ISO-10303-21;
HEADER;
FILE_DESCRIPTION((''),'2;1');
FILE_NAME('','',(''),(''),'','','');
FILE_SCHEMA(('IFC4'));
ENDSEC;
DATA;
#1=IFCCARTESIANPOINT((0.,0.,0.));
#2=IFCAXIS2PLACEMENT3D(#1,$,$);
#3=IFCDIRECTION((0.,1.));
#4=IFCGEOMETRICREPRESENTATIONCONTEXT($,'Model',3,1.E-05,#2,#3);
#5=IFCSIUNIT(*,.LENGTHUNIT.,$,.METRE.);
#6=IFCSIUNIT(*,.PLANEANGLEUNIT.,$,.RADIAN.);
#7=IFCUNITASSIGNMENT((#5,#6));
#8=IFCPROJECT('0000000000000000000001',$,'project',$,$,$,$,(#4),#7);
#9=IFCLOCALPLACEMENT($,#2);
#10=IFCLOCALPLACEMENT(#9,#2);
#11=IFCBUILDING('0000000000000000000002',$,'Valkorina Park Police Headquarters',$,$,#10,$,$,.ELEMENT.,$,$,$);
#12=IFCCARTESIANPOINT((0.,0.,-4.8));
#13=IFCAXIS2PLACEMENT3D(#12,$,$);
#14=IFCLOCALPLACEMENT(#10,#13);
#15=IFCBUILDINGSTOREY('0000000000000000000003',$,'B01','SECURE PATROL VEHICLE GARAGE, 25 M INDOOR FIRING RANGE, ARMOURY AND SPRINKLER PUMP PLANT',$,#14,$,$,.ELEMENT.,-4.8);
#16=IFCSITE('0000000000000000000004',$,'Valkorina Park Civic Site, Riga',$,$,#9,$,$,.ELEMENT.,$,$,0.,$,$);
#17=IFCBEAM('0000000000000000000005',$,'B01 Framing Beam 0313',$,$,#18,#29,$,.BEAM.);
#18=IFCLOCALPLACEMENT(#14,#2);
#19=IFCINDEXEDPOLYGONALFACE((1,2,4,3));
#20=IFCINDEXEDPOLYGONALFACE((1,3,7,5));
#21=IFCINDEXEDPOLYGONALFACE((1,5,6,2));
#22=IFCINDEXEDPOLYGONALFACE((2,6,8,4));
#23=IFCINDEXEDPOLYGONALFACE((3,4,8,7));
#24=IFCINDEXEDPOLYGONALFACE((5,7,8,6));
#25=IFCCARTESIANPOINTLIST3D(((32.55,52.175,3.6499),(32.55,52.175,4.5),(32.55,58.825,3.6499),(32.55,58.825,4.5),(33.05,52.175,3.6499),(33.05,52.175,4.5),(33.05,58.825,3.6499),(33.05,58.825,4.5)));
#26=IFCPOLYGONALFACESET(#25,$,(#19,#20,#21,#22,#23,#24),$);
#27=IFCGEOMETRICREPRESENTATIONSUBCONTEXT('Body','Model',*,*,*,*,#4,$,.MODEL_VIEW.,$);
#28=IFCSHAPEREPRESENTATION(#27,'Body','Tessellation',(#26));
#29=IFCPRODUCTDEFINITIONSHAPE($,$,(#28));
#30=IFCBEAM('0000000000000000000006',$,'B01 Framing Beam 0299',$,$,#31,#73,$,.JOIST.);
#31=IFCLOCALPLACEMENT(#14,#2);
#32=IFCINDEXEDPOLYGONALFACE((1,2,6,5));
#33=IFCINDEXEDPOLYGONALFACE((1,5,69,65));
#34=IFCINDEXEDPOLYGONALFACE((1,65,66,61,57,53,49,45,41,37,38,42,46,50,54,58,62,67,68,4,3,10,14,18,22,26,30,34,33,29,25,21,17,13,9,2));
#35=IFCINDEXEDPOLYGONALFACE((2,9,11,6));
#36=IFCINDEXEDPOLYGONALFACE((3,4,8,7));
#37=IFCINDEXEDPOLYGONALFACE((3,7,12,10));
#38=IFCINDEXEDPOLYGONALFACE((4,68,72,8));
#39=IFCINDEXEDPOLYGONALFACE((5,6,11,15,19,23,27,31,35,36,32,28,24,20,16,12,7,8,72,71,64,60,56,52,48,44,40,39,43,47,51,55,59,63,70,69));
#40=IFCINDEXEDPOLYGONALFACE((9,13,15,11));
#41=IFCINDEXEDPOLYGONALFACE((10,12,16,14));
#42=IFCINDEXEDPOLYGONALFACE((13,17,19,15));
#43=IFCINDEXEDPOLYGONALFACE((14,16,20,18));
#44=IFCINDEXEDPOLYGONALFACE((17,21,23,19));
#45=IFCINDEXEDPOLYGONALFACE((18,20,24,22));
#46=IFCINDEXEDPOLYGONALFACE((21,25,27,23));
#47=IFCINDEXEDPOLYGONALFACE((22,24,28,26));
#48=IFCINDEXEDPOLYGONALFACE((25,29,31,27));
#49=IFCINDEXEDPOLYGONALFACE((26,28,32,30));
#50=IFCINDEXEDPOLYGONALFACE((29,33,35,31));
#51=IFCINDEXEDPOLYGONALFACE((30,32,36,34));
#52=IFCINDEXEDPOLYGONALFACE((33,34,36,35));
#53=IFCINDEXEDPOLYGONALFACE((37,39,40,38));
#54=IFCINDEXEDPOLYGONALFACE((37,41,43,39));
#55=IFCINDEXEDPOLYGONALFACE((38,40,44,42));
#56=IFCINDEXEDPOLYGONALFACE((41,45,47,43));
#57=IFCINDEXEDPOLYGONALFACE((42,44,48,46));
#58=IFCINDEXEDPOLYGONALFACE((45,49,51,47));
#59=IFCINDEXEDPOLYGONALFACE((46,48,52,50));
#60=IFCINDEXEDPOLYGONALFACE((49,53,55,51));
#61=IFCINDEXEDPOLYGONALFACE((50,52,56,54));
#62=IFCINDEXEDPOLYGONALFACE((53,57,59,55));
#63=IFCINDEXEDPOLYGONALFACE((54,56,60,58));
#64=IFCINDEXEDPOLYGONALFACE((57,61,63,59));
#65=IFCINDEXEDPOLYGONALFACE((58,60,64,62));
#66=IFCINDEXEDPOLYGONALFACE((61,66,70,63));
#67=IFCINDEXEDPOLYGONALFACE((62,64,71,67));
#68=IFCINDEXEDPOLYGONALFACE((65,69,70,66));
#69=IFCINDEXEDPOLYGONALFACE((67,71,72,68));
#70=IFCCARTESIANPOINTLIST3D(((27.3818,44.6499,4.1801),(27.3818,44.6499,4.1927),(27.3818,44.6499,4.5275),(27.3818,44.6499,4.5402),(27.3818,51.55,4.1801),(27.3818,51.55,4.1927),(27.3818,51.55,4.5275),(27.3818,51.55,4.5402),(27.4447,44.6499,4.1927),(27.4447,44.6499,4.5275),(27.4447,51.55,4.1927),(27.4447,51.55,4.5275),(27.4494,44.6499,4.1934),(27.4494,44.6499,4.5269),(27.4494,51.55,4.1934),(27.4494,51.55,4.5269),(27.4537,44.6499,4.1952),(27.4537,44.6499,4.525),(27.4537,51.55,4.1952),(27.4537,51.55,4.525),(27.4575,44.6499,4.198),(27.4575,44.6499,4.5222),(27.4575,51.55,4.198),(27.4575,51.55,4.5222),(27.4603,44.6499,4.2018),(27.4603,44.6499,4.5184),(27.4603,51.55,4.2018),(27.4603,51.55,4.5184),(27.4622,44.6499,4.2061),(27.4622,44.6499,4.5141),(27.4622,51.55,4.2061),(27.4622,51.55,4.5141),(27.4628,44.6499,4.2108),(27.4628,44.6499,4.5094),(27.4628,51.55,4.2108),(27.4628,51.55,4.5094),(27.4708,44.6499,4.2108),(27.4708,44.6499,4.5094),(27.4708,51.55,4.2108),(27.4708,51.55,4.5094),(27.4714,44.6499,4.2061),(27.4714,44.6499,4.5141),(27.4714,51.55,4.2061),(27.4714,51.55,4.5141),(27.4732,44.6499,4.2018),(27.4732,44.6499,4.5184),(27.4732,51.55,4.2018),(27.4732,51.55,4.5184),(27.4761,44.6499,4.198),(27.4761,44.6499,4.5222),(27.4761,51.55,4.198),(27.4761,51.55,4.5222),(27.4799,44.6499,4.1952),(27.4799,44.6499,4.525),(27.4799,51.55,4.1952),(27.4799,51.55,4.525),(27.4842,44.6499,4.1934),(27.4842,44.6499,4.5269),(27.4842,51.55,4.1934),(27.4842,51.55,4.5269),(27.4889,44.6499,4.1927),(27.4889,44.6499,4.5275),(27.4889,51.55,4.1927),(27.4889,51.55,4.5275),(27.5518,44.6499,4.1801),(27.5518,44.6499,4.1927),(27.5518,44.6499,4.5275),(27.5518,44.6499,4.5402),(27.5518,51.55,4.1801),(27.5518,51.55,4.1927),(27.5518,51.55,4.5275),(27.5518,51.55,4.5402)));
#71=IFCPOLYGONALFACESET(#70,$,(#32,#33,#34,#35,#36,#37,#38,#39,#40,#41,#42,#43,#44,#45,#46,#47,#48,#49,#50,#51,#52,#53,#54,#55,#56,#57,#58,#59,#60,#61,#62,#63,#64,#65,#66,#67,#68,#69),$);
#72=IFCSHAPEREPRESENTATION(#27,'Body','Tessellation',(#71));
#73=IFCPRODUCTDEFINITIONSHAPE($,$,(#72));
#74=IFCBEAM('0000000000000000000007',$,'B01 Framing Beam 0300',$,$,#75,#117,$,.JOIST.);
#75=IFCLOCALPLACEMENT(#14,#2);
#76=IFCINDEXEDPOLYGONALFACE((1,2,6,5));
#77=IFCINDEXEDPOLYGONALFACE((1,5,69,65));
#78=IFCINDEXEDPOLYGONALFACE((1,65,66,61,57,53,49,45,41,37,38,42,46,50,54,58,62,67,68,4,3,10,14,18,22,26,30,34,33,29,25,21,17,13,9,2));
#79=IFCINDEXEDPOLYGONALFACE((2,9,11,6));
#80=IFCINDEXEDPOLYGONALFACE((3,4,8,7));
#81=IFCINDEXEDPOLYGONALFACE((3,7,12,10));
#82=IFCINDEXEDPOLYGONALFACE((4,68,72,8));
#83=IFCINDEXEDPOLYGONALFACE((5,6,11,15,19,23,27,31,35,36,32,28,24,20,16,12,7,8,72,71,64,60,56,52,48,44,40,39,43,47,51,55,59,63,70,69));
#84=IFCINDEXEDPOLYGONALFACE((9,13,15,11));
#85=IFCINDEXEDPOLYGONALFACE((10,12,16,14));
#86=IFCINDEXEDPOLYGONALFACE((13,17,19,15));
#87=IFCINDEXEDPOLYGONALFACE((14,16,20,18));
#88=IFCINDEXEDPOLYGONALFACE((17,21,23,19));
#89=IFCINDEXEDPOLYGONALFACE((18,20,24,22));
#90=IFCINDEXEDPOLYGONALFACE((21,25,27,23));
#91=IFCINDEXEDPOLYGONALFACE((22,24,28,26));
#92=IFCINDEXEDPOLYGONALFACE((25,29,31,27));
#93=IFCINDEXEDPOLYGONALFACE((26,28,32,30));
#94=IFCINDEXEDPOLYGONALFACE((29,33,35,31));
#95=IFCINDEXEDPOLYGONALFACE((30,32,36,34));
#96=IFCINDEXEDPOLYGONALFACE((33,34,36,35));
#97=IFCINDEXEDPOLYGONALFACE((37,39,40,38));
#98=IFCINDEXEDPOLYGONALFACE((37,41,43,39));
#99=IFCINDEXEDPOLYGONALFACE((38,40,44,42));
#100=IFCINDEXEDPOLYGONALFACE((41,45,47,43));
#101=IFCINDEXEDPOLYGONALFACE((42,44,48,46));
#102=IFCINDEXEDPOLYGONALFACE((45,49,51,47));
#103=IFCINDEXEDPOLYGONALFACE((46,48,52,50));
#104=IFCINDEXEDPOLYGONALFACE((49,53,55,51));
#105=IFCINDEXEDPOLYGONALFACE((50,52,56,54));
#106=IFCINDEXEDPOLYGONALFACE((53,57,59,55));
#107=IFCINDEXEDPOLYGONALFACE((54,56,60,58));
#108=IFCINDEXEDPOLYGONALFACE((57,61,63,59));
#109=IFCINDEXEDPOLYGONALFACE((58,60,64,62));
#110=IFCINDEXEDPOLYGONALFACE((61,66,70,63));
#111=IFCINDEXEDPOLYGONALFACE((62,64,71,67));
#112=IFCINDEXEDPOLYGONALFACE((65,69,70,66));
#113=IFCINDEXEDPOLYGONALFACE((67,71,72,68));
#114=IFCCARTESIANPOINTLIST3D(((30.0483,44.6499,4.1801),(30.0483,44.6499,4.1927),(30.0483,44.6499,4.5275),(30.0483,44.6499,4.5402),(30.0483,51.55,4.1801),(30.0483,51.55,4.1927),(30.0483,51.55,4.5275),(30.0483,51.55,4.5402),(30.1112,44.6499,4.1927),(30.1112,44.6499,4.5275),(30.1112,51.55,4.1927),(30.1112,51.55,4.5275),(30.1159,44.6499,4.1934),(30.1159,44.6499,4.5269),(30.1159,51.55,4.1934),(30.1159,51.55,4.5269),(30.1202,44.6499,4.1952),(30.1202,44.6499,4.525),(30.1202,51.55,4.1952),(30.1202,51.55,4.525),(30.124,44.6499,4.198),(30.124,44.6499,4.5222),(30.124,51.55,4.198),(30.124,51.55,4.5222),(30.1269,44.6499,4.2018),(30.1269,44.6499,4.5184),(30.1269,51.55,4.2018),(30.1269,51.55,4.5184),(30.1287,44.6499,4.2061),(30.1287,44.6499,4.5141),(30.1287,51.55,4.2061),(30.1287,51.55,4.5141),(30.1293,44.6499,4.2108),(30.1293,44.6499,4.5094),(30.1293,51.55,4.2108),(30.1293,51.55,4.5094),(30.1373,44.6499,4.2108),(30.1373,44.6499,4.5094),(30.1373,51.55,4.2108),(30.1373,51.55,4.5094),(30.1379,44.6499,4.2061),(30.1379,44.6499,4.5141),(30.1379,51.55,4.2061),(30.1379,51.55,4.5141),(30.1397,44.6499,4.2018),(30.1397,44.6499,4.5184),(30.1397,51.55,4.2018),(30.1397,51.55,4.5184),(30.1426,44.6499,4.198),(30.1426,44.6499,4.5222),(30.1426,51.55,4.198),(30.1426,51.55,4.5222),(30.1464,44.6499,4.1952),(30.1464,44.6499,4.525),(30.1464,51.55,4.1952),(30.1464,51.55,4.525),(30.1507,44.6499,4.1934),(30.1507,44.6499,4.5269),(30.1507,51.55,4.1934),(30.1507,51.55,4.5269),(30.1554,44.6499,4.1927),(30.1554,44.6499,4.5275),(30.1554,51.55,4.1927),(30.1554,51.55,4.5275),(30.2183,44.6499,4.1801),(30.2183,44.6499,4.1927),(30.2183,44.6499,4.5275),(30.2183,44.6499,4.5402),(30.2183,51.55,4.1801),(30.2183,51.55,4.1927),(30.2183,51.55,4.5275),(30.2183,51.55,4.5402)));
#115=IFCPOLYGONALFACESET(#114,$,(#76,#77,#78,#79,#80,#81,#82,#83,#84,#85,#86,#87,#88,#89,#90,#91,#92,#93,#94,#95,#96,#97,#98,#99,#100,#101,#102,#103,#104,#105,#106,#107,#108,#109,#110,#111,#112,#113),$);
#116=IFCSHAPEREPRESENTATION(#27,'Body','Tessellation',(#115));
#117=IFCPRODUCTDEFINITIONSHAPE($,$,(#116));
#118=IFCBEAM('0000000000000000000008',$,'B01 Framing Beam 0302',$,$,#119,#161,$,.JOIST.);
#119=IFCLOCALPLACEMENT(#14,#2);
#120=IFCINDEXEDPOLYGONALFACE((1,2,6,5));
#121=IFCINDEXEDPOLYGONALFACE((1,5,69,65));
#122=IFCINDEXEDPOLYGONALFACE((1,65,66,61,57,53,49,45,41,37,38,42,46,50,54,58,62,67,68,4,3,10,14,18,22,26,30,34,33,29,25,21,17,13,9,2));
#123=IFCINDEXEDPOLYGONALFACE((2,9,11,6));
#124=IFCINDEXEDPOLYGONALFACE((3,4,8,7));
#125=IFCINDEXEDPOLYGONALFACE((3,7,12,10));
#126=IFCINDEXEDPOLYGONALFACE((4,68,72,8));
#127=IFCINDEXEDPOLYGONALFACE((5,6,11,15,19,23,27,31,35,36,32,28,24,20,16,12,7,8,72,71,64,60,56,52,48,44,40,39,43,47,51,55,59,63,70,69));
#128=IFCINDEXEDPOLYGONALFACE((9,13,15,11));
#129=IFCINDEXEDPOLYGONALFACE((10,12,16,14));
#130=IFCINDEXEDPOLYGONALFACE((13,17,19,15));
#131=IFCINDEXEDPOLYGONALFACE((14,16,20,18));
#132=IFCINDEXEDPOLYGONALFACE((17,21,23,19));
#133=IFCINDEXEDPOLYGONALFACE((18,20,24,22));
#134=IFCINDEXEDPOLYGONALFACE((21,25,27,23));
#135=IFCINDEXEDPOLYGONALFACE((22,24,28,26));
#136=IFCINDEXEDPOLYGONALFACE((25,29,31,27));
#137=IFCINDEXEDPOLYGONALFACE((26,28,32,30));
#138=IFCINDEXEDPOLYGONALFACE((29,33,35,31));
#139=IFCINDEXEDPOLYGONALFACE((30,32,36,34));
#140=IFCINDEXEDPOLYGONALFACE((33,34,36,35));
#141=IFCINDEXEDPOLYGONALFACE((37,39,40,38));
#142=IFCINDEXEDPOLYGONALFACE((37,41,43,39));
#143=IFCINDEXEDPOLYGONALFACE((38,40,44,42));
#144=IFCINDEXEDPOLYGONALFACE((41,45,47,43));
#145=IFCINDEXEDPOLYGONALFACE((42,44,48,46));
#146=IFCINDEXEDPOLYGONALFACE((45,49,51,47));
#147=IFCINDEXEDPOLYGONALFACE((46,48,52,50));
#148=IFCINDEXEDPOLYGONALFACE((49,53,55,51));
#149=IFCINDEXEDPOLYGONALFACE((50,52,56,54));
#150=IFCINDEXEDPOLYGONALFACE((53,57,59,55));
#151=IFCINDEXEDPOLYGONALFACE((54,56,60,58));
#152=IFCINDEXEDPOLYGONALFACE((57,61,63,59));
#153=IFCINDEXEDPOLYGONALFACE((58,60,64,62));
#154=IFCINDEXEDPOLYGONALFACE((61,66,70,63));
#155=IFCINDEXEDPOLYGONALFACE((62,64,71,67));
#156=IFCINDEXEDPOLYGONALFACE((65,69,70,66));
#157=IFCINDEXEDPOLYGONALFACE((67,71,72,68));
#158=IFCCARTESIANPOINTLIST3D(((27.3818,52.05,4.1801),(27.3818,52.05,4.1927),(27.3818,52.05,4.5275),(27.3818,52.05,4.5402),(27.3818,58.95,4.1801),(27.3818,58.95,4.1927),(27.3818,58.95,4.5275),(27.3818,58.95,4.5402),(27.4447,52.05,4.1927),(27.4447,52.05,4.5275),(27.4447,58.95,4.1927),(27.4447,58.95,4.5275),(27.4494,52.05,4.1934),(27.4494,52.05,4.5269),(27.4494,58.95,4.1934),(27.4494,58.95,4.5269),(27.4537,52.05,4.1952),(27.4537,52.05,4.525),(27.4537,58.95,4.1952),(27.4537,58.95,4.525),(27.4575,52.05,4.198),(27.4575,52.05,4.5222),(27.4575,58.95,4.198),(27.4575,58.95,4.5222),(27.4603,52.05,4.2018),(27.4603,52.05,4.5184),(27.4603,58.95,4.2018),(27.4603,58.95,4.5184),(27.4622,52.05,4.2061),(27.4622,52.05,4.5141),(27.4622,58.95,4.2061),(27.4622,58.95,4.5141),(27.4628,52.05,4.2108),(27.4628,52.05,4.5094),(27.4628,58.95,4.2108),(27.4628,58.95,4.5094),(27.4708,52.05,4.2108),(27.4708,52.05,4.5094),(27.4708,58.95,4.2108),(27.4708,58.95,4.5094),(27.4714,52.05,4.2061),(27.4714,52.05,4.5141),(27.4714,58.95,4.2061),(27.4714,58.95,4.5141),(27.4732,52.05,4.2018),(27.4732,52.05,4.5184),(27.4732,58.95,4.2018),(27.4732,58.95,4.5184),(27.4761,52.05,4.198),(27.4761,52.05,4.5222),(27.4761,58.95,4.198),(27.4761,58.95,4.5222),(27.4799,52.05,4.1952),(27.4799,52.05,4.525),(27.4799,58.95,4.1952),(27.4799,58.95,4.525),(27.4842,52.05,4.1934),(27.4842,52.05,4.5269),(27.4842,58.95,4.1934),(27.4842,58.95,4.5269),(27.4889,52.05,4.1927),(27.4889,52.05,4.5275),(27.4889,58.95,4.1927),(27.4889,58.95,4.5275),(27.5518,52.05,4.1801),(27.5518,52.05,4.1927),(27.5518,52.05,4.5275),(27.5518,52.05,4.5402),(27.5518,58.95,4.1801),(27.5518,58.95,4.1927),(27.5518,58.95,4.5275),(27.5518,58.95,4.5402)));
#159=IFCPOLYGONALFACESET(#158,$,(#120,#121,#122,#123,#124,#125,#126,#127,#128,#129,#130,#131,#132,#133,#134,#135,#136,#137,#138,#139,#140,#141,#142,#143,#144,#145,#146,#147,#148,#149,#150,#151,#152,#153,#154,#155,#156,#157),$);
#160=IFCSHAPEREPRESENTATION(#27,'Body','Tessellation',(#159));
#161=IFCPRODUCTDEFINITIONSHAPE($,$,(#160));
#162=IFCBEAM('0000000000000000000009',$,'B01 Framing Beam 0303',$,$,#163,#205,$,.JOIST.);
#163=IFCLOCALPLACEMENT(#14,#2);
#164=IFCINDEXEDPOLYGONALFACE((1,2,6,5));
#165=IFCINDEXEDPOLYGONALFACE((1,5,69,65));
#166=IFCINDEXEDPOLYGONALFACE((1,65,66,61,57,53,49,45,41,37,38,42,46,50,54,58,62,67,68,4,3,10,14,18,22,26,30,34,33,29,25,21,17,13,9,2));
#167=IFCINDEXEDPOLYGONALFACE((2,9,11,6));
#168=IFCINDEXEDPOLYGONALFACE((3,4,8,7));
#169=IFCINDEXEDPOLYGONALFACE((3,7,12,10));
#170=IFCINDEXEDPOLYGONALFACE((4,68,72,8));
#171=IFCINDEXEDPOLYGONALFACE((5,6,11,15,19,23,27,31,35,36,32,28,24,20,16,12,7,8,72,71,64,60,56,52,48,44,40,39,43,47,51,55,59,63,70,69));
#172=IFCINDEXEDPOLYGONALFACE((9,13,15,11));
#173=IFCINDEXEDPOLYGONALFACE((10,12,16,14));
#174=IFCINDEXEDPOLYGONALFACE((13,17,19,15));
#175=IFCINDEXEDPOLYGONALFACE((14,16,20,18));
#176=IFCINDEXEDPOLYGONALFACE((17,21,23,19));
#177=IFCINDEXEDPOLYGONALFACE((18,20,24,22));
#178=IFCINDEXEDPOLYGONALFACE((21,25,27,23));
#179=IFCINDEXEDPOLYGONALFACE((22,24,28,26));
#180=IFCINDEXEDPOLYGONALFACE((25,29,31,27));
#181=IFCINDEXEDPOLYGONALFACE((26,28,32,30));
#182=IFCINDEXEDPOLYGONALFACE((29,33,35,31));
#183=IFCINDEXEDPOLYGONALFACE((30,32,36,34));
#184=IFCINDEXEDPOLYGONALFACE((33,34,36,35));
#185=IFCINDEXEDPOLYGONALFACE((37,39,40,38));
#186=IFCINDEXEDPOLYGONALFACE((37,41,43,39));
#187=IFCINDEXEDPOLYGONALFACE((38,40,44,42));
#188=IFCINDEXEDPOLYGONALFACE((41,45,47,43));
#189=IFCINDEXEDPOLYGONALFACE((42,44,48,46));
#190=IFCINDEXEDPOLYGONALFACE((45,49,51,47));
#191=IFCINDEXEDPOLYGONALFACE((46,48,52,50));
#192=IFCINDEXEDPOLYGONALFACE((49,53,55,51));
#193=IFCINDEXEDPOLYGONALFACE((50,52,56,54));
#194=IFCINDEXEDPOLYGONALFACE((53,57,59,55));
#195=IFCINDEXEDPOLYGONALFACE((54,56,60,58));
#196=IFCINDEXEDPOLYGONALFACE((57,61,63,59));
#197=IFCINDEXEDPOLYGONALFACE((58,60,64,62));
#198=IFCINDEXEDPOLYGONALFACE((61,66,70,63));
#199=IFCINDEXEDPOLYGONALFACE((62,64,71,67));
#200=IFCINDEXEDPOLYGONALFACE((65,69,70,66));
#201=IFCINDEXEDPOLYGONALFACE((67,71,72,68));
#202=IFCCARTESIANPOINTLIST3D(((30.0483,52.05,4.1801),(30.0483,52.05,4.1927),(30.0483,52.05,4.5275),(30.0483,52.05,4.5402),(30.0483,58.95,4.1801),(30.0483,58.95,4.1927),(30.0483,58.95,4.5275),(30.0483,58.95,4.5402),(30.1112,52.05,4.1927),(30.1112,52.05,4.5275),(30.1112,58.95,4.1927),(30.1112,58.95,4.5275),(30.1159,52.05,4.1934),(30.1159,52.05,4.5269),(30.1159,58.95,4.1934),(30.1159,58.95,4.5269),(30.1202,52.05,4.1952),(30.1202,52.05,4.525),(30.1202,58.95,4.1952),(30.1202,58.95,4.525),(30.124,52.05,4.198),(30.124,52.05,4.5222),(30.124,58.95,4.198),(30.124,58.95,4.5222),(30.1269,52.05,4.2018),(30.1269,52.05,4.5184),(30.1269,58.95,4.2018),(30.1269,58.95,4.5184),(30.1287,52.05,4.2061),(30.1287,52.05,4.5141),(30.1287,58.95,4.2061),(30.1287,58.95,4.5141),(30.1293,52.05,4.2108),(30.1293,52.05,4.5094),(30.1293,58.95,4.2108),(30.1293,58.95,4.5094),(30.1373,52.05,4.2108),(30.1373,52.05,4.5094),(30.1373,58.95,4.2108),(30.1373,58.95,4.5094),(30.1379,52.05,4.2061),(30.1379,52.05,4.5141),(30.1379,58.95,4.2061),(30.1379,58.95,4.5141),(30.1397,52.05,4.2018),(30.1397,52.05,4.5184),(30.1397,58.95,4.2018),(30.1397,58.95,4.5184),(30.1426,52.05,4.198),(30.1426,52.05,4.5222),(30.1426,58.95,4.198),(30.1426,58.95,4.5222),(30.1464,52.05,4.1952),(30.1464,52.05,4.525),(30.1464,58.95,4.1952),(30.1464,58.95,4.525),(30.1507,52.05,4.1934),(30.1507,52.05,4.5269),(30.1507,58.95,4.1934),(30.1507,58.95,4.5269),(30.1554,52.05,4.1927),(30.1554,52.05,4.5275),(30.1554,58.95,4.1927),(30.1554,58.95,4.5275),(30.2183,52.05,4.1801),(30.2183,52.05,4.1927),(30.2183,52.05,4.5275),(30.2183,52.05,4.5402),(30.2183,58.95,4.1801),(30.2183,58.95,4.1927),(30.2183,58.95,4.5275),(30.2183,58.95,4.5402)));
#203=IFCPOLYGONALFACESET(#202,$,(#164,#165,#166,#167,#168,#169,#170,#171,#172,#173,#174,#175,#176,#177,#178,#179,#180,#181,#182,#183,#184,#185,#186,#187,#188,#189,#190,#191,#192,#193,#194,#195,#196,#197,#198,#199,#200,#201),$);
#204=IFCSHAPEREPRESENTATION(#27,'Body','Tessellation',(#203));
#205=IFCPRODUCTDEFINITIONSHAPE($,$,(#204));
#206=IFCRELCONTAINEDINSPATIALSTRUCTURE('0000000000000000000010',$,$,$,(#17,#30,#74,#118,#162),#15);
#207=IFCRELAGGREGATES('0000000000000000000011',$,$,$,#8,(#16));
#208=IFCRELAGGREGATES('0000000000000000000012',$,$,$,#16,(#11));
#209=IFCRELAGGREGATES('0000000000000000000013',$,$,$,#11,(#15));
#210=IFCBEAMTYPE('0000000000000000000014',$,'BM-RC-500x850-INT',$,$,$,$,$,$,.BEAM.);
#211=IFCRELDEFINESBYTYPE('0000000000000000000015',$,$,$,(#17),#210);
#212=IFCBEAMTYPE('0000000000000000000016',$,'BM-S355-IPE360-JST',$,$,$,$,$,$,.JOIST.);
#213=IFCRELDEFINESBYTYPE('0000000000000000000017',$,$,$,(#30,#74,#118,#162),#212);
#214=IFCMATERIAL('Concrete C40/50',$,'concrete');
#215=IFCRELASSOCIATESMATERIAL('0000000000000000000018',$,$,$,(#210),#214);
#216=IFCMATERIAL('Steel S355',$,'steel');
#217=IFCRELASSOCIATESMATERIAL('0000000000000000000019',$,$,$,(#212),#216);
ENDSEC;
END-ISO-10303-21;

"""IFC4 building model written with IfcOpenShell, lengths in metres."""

from ifc_helpers import new_model, si_unit, direction, frame, origin, origin_2d, place, context, subcontext, project, spatial, rectangle, i_section, extrude, material, material_profile, profile_set, type_object, element, save


model = new_model("IFC4")

# Units and contexts
model_context = context("Model", 3, precision=1e-05, world=origin(), true_north=direction((0.0, 1.0)))
body_context = subcontext(model_context, "Body", "Model", "MODEL_VIEW")
ifc_project = project(units=[si_unit("LENGTHUNIT", "METRE"), si_unit("PLANEANGLEUNIT", "RADIAN")], contexts=[model_context])

# Site, building, storey
site_placement = place(None, origin())
site = spatial("IfcSite", under=ifc_project, at=site_placement, Name="Valkorina Park Civic Site, Riga", CompositionType="ELEMENT", RefElevation=0.0)
building_placement = place(site_placement, origin())
building = spatial("IfcBuilding", under=site, at=building_placement, Name="Valkorina Park Police Headquarters", CompositionType="ELEMENT")
storey_placement = place(building_placement, frame((0.0, 0.0, -4.8)))
storey = spatial("IfcBuildingStorey", under=building, at=storey_placement, Name="B01", Description="SECURE PATROL VEHICLE GARAGE, 25 M INDOOR FIRING RANGE, ARMOURY AND SPRINKLER PUMP PLANT", CompositionType="ELEMENT", Elevation=-4.8)

# Shared definitions
ifc_material_1 = material(Name="Concrete C40/50", Category="concrete")

# Beams
ifc_material_profile_1 = material_profile(ifc_material_1, rectangle(XDim=0.5, YDim=0.8501, at=origin_2d()), Name="RC BEAM 500x850")
ifc_profile_set_1 = profile_set([ifc_material_profile_1], Name="Concrete C40/50")
beam_type_1 = type_object("IfcBeamType", Name="BM-RC-500x850-INT", PredefinedType="BEAM", material=ifc_profile_set_1)
beam_1_placement = place(storey_placement, frame((32.8, 52.175, 4.075), z_axis=(0.0, 1.0, 0.0), x_axis=(-1.0, 0.0, 0.0)))
element("IfcBeam", 1, at=beam_1_placement, inside=storey, type_object=beam_type_1, Name="B01 Framing Beam 0313", PredefinedType="BEAM", context=body_context, shape_type="SweptSolid", body=[
    extrude(rectangle(XDim=0.5, YDim=0.8501, at=origin_2d()), origin(), (0.0, 0.0, 1.0), 6.6499),
])
ifc_material_2 = material(Name="Steel S355", Category="steel")
ifc_material_profile_2 = material_profile(ifc_material_2, i_section(OverallWidth=0.1699, OverallDepth=0.3601, WebThickness=0.0081, FlangeThickness=0.0127, FilletRadius=0.0181, at=origin_2d()), Name="IPE 360")
ifc_profile_set_2 = profile_set([ifc_material_profile_2], Name="Steel S355")
beam_type_2 = type_object("IfcBeamType", Name="BM-S355-IPE360-JST", PredefinedType="JOIST", material=ifc_profile_set_2)
for number, where, z_axis, x_axis, name in (
    (2, (27.4668, 44.6499, 4.3601), (0.0, 1.0, 0.0), (-1.0, 0.0, 0.0), "B01 Framing Beam 0299"),
    (3, (30.1333, 44.6499, 4.3601), (0.0, 1.0, 0.0), (-1.0, 0.0, 0.0), "B01 Framing Beam 0300"),
):
    element("IfcBeam", number, at=place(storey_placement, frame(where, z_axis=z_axis, x_axis=x_axis)), inside=storey, type_object=beam_type_2, Name=name, PredefinedType="JOIST", context=body_context, shape_type="SweptSolid", body=[
        extrude(i_section(OverallWidth=0.1699, OverallDepth=0.3601, WebThickness=0.0081, FlangeThickness=0.0127, FilletRadius=0.0181, at=origin_2d()), origin(), (0.0, 0.0, 1.0), 6.9001),
    ])
for number, where, z_axis, x_axis, name in (
    (4, (27.4668, 52.05, 4.3601), (0.0, 1.0, 0.0), (-1.0, 0.0, 0.0), "B01 Framing Beam 0302"),
    (5, (30.1333, 52.05, 4.3601), (0.0, 1.0, 0.0), (-1.0, 0.0, 0.0), "B01 Framing Beam 0303"),
):
    element("IfcBeam", number, at=place(storey_placement, frame(where, z_axis=z_axis, x_axis=x_axis)), inside=storey, type_object=beam_type_2, Name=name, PredefinedType="JOIST", context=body_context, shape_type="SweptSolid", body=[
        extrude(i_section(OverallWidth=0.1699, OverallDepth=0.3601, WebThickness=0.0081, FlangeThickness=0.0127, FilletRadius=0.0181, at=origin_2d()), origin(), (0.0, 0.0, 1.0), 6.8999),
    ])

save(model, "model.ifc")
